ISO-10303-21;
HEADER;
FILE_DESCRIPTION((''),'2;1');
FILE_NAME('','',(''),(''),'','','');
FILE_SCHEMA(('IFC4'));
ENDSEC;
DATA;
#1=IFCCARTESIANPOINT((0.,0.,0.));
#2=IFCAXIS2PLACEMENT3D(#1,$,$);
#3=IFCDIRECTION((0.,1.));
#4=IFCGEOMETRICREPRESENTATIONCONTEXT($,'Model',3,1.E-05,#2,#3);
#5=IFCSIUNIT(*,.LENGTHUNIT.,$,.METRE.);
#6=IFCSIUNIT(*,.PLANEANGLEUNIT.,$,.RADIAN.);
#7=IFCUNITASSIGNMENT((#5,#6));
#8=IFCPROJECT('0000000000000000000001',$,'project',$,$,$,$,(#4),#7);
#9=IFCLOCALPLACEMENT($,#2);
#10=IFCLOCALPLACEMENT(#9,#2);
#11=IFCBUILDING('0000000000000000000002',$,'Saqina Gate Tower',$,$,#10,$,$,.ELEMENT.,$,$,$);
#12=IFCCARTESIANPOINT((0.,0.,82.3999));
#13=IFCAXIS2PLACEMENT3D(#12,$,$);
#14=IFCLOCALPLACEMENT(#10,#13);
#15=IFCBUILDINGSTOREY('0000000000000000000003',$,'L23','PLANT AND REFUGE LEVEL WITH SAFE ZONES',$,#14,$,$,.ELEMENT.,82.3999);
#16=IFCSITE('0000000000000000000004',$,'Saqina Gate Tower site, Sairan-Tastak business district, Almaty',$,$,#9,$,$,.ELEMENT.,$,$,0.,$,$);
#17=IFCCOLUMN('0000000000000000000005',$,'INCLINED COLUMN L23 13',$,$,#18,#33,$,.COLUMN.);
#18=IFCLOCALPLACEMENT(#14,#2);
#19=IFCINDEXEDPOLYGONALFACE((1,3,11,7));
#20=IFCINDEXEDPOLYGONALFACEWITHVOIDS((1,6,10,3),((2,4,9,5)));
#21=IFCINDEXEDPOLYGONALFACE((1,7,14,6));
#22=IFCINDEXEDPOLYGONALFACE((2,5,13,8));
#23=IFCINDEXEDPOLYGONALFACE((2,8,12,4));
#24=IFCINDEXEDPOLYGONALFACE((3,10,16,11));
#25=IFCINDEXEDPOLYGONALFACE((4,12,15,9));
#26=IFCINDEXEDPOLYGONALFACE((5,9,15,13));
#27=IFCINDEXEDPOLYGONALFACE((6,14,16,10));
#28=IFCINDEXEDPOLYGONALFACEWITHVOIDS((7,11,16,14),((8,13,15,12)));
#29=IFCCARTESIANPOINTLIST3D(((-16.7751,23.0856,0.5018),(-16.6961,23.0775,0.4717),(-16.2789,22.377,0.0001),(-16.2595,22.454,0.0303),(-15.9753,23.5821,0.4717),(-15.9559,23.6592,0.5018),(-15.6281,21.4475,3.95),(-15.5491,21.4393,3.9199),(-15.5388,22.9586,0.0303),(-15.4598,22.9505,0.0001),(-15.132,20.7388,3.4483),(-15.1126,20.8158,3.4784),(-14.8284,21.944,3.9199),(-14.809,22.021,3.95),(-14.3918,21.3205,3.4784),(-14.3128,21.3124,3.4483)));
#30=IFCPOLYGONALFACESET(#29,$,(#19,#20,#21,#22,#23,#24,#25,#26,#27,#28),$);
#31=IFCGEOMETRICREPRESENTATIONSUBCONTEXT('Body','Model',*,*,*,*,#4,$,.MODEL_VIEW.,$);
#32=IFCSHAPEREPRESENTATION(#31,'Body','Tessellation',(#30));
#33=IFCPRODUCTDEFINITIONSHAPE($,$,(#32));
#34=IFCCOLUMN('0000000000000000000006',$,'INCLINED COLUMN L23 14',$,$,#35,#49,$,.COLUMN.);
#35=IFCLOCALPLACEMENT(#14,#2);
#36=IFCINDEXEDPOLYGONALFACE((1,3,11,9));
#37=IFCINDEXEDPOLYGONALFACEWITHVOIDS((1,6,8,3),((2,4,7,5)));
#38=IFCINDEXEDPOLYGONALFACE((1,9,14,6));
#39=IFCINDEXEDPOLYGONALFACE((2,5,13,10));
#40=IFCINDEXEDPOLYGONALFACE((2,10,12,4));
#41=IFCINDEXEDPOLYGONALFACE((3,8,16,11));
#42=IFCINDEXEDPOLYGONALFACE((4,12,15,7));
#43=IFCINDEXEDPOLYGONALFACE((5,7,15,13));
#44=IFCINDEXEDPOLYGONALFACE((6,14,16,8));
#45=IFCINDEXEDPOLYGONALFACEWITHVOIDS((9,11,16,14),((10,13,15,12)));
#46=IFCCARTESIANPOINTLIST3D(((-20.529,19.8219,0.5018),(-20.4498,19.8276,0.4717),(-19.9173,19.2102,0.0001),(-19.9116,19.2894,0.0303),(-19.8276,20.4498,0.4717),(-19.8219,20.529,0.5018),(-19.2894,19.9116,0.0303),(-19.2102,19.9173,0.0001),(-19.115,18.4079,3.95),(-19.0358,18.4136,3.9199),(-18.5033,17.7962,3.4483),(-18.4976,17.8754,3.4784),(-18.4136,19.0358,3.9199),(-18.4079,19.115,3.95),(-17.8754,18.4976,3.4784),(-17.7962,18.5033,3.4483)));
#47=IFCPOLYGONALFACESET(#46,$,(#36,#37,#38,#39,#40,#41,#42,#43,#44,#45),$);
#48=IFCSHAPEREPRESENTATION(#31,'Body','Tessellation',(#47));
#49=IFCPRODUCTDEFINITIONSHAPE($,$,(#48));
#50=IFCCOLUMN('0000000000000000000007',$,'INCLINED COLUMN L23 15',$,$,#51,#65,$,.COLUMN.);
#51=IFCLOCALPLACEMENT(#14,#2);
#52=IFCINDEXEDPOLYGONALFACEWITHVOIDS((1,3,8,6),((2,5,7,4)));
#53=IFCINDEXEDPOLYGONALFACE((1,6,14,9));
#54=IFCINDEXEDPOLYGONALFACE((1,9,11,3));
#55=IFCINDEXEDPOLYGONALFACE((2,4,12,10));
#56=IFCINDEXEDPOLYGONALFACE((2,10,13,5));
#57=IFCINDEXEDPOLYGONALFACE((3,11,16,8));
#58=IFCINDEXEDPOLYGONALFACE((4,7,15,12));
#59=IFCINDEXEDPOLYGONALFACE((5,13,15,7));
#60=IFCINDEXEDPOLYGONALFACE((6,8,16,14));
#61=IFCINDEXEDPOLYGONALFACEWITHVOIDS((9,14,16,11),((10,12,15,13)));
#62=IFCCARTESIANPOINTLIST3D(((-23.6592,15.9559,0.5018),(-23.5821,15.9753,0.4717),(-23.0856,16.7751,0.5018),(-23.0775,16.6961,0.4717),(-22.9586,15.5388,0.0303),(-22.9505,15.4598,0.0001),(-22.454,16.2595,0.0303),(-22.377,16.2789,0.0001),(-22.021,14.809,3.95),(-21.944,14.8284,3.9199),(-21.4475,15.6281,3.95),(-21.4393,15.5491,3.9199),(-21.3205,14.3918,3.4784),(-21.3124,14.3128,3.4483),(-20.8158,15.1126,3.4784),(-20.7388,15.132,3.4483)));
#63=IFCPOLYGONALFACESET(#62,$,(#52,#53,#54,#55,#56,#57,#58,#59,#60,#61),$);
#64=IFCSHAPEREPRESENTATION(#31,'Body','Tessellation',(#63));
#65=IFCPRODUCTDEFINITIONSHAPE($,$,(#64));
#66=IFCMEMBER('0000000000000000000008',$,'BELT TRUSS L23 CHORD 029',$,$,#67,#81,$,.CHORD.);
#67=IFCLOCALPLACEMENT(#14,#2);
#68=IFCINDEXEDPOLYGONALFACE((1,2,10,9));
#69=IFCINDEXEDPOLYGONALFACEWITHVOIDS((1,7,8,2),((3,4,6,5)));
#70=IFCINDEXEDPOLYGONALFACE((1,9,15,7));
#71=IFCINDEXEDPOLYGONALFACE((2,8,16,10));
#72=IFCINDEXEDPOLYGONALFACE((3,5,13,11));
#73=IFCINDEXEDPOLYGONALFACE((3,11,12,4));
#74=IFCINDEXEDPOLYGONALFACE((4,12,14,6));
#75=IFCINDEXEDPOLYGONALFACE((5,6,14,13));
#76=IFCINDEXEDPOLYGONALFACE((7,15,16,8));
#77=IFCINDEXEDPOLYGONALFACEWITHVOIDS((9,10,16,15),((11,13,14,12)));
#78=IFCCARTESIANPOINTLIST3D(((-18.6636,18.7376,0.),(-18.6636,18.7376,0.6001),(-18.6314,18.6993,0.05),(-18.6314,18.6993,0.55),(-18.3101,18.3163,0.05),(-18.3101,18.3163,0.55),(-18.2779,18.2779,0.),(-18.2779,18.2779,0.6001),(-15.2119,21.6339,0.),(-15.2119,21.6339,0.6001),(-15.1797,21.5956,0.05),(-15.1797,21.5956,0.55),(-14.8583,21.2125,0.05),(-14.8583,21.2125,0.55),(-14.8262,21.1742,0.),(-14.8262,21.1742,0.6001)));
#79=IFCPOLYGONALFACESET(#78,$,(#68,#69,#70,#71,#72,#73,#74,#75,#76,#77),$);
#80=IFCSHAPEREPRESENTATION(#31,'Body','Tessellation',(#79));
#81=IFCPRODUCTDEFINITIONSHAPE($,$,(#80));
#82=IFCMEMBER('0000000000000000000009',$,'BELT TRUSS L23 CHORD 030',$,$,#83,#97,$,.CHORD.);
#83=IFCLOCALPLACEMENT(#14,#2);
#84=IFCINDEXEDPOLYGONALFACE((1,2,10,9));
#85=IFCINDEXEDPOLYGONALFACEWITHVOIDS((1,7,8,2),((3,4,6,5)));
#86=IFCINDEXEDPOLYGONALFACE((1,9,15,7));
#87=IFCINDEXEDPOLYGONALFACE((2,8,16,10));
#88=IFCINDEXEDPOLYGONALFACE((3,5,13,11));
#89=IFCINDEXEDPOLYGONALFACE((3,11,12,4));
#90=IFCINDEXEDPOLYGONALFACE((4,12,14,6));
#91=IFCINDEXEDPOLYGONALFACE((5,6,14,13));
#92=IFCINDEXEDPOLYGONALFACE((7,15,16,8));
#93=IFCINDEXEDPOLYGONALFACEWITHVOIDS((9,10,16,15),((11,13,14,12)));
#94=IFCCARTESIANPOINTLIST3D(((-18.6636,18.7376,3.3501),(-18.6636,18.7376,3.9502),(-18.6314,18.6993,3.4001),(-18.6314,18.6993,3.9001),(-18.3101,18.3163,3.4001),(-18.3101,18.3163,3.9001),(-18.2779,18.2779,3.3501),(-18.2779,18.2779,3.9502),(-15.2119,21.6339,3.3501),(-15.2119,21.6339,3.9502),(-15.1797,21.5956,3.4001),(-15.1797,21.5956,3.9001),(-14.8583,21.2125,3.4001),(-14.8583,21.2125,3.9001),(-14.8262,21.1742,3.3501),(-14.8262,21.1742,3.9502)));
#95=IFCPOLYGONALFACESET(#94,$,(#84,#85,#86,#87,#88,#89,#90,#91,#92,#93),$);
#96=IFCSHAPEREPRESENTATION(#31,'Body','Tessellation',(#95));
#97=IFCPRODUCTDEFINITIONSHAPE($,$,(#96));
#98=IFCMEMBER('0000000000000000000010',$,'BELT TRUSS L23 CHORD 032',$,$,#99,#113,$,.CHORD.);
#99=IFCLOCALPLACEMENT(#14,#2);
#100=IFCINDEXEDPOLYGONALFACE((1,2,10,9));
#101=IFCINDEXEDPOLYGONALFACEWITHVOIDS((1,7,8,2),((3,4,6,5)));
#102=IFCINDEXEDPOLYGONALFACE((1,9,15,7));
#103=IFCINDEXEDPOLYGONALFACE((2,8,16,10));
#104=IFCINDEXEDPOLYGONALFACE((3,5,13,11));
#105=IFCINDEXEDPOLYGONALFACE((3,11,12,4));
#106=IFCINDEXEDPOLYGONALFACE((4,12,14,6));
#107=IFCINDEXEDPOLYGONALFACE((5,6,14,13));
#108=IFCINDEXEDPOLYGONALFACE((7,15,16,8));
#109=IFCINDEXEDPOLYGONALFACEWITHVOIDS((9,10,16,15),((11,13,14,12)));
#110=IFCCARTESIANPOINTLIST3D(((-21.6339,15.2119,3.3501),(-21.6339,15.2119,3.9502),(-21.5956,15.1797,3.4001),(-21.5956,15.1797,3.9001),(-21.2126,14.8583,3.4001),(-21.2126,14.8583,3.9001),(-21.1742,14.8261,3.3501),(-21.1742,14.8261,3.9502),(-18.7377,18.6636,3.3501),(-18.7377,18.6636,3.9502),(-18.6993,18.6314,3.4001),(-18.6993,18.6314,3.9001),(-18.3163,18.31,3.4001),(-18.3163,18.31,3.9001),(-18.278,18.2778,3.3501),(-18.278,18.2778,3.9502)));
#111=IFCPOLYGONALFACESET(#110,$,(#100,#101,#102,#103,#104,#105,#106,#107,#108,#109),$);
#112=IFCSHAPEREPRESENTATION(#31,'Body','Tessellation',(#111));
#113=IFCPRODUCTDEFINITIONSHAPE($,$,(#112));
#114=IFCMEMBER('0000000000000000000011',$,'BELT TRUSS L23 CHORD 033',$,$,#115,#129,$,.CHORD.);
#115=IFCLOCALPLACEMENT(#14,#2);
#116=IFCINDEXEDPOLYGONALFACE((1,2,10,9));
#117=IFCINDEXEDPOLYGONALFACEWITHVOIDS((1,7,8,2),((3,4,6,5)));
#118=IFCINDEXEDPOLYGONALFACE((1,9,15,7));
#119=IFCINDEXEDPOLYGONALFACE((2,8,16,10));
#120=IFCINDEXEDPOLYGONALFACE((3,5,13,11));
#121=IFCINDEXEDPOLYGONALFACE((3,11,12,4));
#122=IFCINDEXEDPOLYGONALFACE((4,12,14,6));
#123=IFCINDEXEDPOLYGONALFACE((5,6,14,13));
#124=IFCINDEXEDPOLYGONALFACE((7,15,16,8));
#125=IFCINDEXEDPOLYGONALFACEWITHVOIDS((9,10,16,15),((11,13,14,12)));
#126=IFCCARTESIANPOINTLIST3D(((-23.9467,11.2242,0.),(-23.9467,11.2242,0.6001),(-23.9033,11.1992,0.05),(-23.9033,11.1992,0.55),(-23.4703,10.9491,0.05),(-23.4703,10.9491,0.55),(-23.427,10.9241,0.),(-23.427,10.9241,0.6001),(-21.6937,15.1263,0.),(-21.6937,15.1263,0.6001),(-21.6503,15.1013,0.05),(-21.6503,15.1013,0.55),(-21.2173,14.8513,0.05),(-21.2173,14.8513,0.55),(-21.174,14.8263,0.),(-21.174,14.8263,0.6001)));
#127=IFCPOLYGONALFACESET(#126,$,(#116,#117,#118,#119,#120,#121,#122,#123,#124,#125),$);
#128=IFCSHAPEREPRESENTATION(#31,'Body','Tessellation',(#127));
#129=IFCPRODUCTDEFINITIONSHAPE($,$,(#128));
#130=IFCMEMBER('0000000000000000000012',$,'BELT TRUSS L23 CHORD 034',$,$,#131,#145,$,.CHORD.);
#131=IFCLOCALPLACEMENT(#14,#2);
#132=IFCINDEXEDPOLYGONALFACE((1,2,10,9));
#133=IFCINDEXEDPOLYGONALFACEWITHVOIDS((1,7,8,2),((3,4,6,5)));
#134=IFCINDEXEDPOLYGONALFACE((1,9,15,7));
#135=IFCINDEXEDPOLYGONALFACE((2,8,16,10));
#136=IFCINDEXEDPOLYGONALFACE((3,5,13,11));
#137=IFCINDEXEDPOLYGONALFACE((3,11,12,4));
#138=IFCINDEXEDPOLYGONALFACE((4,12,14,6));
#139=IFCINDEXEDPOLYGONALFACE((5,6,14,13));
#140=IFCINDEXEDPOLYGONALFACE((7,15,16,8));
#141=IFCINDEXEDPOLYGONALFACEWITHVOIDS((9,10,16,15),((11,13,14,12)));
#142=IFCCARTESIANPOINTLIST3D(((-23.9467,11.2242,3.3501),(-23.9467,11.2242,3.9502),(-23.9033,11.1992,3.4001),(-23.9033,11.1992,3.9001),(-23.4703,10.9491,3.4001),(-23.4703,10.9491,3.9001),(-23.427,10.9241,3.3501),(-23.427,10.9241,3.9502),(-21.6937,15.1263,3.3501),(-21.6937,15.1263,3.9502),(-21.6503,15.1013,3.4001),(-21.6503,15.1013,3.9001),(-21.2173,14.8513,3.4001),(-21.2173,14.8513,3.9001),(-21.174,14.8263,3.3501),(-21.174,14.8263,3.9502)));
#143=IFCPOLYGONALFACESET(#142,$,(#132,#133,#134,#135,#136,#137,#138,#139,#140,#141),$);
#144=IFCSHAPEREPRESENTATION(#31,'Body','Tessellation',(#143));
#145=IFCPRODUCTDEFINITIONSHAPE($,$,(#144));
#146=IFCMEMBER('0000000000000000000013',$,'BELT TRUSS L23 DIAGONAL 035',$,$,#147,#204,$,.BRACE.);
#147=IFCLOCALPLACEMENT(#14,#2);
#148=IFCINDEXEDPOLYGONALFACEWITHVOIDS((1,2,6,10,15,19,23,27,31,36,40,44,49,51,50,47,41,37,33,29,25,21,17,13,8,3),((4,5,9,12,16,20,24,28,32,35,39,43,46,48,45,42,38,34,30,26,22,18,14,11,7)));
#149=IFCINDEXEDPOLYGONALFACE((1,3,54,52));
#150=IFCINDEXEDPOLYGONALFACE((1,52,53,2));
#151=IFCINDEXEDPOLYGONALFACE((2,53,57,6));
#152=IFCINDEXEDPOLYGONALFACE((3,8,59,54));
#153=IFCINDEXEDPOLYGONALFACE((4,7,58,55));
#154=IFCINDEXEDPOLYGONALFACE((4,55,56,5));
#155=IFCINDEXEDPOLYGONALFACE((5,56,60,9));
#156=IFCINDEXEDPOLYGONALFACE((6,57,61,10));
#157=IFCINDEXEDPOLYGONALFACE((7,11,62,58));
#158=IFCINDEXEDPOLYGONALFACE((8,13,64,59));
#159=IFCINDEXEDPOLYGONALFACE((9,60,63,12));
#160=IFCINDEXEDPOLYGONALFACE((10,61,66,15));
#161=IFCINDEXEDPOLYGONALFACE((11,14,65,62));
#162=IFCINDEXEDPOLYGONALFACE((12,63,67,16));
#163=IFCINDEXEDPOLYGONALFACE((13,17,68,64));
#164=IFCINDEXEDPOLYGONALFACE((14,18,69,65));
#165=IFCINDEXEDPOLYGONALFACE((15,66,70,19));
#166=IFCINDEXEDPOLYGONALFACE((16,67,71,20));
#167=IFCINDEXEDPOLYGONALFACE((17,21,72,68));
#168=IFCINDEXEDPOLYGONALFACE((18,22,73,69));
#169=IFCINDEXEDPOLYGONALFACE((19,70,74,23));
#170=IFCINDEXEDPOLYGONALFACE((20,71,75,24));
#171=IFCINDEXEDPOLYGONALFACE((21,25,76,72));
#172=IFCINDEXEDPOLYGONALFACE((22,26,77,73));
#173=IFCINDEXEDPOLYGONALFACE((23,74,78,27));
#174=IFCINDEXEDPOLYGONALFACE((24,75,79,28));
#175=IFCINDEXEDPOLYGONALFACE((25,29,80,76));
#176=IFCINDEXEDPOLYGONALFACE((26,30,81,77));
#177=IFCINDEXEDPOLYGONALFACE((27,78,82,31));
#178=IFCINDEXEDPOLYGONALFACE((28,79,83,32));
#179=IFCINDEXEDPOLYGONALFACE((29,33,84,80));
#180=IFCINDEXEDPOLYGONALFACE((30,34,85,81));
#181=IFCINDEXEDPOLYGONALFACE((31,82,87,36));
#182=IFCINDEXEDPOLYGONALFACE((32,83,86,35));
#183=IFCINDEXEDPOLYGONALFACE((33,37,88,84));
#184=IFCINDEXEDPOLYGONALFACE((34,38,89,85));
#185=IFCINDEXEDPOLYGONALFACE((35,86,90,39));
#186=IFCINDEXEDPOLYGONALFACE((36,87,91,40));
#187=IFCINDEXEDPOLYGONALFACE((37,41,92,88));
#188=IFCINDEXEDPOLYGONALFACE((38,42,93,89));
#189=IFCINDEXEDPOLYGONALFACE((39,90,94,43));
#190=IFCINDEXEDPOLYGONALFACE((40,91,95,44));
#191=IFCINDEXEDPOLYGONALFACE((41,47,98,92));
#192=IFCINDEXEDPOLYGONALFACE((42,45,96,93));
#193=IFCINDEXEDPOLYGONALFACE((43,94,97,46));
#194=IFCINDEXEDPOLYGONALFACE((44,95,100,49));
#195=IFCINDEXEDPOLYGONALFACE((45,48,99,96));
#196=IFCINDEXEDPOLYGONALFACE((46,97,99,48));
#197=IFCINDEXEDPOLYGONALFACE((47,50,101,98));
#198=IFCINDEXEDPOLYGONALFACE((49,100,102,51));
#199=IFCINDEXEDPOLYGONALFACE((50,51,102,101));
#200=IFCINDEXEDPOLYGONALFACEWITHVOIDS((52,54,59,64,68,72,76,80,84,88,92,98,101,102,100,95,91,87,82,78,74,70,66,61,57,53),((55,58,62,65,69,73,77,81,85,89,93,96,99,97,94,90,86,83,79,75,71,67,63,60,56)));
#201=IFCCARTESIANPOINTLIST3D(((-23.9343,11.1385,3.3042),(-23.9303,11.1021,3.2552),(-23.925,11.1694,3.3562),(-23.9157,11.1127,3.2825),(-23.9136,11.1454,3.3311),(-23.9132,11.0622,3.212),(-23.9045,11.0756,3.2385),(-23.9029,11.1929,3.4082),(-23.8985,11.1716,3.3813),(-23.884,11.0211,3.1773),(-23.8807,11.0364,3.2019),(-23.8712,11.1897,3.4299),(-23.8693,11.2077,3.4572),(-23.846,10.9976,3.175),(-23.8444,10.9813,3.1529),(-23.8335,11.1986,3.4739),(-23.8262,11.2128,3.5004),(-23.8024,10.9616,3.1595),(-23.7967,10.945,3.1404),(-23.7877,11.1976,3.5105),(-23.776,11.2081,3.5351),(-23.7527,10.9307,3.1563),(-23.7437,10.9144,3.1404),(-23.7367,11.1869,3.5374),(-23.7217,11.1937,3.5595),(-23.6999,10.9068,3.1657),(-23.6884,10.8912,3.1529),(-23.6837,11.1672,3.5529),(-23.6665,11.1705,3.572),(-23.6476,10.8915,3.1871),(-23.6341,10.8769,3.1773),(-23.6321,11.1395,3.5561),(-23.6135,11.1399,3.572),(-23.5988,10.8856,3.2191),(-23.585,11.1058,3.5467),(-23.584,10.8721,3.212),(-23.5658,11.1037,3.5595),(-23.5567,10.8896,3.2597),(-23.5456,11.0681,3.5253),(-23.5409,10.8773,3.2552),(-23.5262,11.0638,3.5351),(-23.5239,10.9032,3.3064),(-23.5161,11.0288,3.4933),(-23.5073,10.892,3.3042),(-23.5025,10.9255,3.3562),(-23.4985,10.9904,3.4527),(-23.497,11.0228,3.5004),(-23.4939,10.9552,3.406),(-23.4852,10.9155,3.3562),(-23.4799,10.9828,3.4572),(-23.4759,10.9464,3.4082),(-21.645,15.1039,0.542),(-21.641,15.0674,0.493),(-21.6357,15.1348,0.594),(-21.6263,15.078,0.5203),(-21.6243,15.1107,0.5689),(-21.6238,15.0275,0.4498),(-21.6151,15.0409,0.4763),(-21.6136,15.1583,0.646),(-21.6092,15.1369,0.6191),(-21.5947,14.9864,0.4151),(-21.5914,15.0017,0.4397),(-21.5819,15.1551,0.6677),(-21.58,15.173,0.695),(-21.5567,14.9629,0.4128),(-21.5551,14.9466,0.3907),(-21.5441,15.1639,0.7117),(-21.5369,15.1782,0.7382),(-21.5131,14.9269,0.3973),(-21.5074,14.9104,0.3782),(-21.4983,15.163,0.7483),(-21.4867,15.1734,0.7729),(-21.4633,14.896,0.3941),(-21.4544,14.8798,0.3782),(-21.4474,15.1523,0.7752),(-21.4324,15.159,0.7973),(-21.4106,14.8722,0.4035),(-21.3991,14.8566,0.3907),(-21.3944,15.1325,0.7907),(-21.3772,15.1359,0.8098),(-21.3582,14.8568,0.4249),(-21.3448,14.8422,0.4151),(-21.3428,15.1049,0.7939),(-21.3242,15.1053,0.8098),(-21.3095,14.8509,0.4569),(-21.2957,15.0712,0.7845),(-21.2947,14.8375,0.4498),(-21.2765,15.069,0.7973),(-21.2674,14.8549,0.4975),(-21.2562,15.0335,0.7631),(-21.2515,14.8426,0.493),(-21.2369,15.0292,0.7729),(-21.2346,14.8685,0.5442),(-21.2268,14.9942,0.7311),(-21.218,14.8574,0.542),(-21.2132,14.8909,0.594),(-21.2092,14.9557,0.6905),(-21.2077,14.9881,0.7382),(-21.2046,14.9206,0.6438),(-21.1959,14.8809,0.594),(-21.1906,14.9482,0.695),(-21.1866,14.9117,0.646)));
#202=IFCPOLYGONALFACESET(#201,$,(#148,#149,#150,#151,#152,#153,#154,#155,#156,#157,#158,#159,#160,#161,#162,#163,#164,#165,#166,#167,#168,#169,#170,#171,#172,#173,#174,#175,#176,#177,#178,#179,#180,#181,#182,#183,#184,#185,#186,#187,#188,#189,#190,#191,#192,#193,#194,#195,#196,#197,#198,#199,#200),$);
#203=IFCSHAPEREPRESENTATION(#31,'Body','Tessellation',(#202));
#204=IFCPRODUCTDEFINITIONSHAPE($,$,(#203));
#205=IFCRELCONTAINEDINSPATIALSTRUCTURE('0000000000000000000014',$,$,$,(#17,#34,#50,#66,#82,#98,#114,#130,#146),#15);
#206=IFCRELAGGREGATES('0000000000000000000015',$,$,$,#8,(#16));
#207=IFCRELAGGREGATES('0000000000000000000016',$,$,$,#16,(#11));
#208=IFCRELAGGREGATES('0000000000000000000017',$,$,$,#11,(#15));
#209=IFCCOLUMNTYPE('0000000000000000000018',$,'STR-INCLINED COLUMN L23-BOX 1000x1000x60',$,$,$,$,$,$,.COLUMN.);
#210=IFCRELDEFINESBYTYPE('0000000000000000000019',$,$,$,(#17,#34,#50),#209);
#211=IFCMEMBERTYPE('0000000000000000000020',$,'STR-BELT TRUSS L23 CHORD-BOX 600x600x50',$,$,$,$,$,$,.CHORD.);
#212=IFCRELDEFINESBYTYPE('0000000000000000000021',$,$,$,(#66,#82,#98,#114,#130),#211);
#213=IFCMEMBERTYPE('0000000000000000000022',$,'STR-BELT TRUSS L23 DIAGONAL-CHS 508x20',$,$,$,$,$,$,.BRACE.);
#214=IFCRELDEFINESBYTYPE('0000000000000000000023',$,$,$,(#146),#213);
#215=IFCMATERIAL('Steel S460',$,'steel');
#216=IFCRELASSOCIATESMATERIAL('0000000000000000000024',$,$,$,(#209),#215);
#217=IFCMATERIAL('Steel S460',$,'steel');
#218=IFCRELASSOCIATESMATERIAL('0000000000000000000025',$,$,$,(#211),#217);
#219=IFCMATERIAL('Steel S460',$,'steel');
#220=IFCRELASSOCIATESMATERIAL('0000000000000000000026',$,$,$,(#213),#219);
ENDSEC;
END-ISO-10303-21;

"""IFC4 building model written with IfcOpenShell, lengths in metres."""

from ifc_helpers import new_model, si_unit, direction, frame, origin, origin_2d, place, context, subcontext, project, spatial, hollow_rectangle, hollow_circle, extrude, material, material_profile, profile_set, type_object, element, save


model = new_model("IFC4")

# Units and contexts
model_context = context("Model", 3, precision=1e-05, world=origin(), true_north=direction((0.0, 1.0)))
body_context = subcontext(model_context, "Body", "Model", "MODEL_VIEW")
ifc_project = project(units=[si_unit("LENGTHUNIT", "METRE"), si_unit("PLANEANGLEUNIT", "RADIAN")], contexts=[model_context])

# Site, building, storey
site_placement = place(None, origin())
site = spatial("IfcSite", under=ifc_project, at=site_placement, Name="Saqina Gate Tower site, Sairan-Tastak business district, Almaty", CompositionType="ELEMENT", RefElevation=0.0)
building_placement = place(site_placement, origin())
building = spatial("IfcBuilding", under=site, at=building_placement, Name="Saqina Gate Tower", CompositionType="ELEMENT")
storey_placement = place(building_placement, frame((0.0, 0.0, 82.3999)))
storey = spatial("IfcBuildingStorey", under=building, at=storey_placement, Name="L23", Description="PLANT AND REFUGE LEVEL WITH SAFE ZONES", CompositionType="ELEMENT", Elevation=82.3999)

# Columns
ifc_material_1 = material(Name="Steel S460", Category="steel")
ifc_material_profile_1 = material_profile(ifc_material_1, hollow_rectangle(XDim=1.0, YDim=1.0, WallThickness=0.0601, at=origin_2d()), Name="BOX 1000x1000x60")
ifc_profile_set_1 = profile_set([ifc_material_profile_1], Name="Steel S460")
column_type = type_object("IfcColumnType", Name="STR-INCLINED COLUMN L23-BOX 1000x1000x60", PredefinedType="COLUMN", material=ifc_profile_set_1)
for number, where, z_axis, x_axis, name in (
    (1, (-16.1174, 23.0181, 0.251), (0.287738, -0.410967, 0.865051), (0.819175, 0.573544, 0.0), "INCLINED COLUMN L23 13"),
    (2, (-19.8696, 19.8696, 0.251), (0.354742, -0.354742, 0.865052), (0.707107, 0.707107, 0.0), "INCLINED COLUMN L23 14"),
    (3, (-23.0181, 16.1174, 0.251), (0.410967, -0.287738, 0.865051), (0.573544, 0.819175, 0.0), "INCLINED COLUMN L23 15"),
):
    element("IfcColumn", number, at=place(storey_placement, frame(where, z_axis=z_axis, x_axis=x_axis)), inside=storey, type_object=column_type, Name=name, PredefinedType="COLUMN", context=body_context, shape_type="SweptSolid", body=[
        extrude(hollow_rectangle(XDim=1.0, YDim=1.0, WallThickness=0.0601, at=origin_2d()), origin(), (0.0, 0.0, 1.0), 3.9861),
    ])

# Members
ifc_material_2 = material(Name="Steel S460", Category="steel")
ifc_material_profile_2 = material_profile(ifc_material_2, hollow_rectangle(XDim=0.6001, YDim=0.6001, WallThickness=0.05, at=origin_2d()), Name="BOX 600x600x50")
ifc_profile_set_2 = profile_set([ifc_material_profile_2], Name="Steel S460")
member_type_1 = type_object("IfcMemberType", Name="STR-BELT TRUSS L23 CHORD-BOX 600x600x50", PredefinedType="CHORD", material=ifc_profile_set_2)
for number, where, z_axis, x_axis, name in (
    (4, (-15.019, 21.4041, 0.3), (-0.76605, -0.642782, 0.0), (0.642782, -0.76605, 0.0), "BELT TRUSS L23 CHORD 029"),
    (5, (-15.019, 21.4041, 3.6501), (-0.76605, -0.642782, 0.0), (0.642782, -0.76605, 0.0), "BELT TRUSS L23 CHORD 030"),
    (6, (-18.5078, 18.4707, 3.6501), (-0.642782, -0.76605, 0.0), (0.76605, -0.642782, 0.0), "BELT TRUSS L23 CHORD 032"),
    (7, (-21.4338, 14.9763, 0.3), (-0.500009, -0.86602, 0.0), (0.86602, -0.500009, 0.0), "BELT TRUSS L23 CHORD 033"),
    (8, (-21.4338, 14.9763, 3.6501), (-0.500009, -0.86602, 0.0), (0.86602, -0.500009, 0.0), "BELT TRUSS L23 CHORD 034"),
):
    element("IfcMember", number, at=place(storey_placement, frame(where, z_axis=z_axis, x_axis=x_axis)), inside=storey, type_object=member_type_1, Name=name, PredefinedType="CHORD", context=body_context, shape_type="SweptSolid", body=[
        extrude(hollow_rectangle(XDim=0.6001, YDim=0.6001, WallThickness=0.05, at=origin_2d()), origin(), (0.0, 0.0, 1.0), 4.5059),
    ])
ifc_material_3 = material(Name="Steel S460", Category="steel")
ifc_material_profile_3 = material_profile(ifc_material_3, hollow_circle(Radius=0.2539, WallThickness=0.02, at=origin_2d()), Name="CHS 508x20")
ifc_profile_set_3 = profile_set([ifc_material_profile_3], Name="Steel S460")
member_type_2 = type_object("IfcMemberType", Name="STR-BELT TRUSS L23 DIAGONAL-CHS 508x20", PredefinedType="BRACE", material=ifc_profile_set_3)
member_1_placement = place(storey_placement, frame((-21.4158, 15.0078, 0.594), z_axis=(-0.428117, -0.741545, 0.516552), x_axis=(0.866033, -0.499987, 0.0)))
element("IfcMember", 9, at=member_1_placement, inside=storey, type_object=member_type_2, Name="BELT TRUSS L23 DIAGONAL 035", PredefinedType="BRACE", context=body_context, shape_type="SweptSolid", body=[
    extrude(hollow_circle(Radius=0.2539, WallThickness=0.02, at=origin_2d()), origin(), (0.0, 0.0, 1.0), 5.3474),
])

save(model, "model.ifc")
